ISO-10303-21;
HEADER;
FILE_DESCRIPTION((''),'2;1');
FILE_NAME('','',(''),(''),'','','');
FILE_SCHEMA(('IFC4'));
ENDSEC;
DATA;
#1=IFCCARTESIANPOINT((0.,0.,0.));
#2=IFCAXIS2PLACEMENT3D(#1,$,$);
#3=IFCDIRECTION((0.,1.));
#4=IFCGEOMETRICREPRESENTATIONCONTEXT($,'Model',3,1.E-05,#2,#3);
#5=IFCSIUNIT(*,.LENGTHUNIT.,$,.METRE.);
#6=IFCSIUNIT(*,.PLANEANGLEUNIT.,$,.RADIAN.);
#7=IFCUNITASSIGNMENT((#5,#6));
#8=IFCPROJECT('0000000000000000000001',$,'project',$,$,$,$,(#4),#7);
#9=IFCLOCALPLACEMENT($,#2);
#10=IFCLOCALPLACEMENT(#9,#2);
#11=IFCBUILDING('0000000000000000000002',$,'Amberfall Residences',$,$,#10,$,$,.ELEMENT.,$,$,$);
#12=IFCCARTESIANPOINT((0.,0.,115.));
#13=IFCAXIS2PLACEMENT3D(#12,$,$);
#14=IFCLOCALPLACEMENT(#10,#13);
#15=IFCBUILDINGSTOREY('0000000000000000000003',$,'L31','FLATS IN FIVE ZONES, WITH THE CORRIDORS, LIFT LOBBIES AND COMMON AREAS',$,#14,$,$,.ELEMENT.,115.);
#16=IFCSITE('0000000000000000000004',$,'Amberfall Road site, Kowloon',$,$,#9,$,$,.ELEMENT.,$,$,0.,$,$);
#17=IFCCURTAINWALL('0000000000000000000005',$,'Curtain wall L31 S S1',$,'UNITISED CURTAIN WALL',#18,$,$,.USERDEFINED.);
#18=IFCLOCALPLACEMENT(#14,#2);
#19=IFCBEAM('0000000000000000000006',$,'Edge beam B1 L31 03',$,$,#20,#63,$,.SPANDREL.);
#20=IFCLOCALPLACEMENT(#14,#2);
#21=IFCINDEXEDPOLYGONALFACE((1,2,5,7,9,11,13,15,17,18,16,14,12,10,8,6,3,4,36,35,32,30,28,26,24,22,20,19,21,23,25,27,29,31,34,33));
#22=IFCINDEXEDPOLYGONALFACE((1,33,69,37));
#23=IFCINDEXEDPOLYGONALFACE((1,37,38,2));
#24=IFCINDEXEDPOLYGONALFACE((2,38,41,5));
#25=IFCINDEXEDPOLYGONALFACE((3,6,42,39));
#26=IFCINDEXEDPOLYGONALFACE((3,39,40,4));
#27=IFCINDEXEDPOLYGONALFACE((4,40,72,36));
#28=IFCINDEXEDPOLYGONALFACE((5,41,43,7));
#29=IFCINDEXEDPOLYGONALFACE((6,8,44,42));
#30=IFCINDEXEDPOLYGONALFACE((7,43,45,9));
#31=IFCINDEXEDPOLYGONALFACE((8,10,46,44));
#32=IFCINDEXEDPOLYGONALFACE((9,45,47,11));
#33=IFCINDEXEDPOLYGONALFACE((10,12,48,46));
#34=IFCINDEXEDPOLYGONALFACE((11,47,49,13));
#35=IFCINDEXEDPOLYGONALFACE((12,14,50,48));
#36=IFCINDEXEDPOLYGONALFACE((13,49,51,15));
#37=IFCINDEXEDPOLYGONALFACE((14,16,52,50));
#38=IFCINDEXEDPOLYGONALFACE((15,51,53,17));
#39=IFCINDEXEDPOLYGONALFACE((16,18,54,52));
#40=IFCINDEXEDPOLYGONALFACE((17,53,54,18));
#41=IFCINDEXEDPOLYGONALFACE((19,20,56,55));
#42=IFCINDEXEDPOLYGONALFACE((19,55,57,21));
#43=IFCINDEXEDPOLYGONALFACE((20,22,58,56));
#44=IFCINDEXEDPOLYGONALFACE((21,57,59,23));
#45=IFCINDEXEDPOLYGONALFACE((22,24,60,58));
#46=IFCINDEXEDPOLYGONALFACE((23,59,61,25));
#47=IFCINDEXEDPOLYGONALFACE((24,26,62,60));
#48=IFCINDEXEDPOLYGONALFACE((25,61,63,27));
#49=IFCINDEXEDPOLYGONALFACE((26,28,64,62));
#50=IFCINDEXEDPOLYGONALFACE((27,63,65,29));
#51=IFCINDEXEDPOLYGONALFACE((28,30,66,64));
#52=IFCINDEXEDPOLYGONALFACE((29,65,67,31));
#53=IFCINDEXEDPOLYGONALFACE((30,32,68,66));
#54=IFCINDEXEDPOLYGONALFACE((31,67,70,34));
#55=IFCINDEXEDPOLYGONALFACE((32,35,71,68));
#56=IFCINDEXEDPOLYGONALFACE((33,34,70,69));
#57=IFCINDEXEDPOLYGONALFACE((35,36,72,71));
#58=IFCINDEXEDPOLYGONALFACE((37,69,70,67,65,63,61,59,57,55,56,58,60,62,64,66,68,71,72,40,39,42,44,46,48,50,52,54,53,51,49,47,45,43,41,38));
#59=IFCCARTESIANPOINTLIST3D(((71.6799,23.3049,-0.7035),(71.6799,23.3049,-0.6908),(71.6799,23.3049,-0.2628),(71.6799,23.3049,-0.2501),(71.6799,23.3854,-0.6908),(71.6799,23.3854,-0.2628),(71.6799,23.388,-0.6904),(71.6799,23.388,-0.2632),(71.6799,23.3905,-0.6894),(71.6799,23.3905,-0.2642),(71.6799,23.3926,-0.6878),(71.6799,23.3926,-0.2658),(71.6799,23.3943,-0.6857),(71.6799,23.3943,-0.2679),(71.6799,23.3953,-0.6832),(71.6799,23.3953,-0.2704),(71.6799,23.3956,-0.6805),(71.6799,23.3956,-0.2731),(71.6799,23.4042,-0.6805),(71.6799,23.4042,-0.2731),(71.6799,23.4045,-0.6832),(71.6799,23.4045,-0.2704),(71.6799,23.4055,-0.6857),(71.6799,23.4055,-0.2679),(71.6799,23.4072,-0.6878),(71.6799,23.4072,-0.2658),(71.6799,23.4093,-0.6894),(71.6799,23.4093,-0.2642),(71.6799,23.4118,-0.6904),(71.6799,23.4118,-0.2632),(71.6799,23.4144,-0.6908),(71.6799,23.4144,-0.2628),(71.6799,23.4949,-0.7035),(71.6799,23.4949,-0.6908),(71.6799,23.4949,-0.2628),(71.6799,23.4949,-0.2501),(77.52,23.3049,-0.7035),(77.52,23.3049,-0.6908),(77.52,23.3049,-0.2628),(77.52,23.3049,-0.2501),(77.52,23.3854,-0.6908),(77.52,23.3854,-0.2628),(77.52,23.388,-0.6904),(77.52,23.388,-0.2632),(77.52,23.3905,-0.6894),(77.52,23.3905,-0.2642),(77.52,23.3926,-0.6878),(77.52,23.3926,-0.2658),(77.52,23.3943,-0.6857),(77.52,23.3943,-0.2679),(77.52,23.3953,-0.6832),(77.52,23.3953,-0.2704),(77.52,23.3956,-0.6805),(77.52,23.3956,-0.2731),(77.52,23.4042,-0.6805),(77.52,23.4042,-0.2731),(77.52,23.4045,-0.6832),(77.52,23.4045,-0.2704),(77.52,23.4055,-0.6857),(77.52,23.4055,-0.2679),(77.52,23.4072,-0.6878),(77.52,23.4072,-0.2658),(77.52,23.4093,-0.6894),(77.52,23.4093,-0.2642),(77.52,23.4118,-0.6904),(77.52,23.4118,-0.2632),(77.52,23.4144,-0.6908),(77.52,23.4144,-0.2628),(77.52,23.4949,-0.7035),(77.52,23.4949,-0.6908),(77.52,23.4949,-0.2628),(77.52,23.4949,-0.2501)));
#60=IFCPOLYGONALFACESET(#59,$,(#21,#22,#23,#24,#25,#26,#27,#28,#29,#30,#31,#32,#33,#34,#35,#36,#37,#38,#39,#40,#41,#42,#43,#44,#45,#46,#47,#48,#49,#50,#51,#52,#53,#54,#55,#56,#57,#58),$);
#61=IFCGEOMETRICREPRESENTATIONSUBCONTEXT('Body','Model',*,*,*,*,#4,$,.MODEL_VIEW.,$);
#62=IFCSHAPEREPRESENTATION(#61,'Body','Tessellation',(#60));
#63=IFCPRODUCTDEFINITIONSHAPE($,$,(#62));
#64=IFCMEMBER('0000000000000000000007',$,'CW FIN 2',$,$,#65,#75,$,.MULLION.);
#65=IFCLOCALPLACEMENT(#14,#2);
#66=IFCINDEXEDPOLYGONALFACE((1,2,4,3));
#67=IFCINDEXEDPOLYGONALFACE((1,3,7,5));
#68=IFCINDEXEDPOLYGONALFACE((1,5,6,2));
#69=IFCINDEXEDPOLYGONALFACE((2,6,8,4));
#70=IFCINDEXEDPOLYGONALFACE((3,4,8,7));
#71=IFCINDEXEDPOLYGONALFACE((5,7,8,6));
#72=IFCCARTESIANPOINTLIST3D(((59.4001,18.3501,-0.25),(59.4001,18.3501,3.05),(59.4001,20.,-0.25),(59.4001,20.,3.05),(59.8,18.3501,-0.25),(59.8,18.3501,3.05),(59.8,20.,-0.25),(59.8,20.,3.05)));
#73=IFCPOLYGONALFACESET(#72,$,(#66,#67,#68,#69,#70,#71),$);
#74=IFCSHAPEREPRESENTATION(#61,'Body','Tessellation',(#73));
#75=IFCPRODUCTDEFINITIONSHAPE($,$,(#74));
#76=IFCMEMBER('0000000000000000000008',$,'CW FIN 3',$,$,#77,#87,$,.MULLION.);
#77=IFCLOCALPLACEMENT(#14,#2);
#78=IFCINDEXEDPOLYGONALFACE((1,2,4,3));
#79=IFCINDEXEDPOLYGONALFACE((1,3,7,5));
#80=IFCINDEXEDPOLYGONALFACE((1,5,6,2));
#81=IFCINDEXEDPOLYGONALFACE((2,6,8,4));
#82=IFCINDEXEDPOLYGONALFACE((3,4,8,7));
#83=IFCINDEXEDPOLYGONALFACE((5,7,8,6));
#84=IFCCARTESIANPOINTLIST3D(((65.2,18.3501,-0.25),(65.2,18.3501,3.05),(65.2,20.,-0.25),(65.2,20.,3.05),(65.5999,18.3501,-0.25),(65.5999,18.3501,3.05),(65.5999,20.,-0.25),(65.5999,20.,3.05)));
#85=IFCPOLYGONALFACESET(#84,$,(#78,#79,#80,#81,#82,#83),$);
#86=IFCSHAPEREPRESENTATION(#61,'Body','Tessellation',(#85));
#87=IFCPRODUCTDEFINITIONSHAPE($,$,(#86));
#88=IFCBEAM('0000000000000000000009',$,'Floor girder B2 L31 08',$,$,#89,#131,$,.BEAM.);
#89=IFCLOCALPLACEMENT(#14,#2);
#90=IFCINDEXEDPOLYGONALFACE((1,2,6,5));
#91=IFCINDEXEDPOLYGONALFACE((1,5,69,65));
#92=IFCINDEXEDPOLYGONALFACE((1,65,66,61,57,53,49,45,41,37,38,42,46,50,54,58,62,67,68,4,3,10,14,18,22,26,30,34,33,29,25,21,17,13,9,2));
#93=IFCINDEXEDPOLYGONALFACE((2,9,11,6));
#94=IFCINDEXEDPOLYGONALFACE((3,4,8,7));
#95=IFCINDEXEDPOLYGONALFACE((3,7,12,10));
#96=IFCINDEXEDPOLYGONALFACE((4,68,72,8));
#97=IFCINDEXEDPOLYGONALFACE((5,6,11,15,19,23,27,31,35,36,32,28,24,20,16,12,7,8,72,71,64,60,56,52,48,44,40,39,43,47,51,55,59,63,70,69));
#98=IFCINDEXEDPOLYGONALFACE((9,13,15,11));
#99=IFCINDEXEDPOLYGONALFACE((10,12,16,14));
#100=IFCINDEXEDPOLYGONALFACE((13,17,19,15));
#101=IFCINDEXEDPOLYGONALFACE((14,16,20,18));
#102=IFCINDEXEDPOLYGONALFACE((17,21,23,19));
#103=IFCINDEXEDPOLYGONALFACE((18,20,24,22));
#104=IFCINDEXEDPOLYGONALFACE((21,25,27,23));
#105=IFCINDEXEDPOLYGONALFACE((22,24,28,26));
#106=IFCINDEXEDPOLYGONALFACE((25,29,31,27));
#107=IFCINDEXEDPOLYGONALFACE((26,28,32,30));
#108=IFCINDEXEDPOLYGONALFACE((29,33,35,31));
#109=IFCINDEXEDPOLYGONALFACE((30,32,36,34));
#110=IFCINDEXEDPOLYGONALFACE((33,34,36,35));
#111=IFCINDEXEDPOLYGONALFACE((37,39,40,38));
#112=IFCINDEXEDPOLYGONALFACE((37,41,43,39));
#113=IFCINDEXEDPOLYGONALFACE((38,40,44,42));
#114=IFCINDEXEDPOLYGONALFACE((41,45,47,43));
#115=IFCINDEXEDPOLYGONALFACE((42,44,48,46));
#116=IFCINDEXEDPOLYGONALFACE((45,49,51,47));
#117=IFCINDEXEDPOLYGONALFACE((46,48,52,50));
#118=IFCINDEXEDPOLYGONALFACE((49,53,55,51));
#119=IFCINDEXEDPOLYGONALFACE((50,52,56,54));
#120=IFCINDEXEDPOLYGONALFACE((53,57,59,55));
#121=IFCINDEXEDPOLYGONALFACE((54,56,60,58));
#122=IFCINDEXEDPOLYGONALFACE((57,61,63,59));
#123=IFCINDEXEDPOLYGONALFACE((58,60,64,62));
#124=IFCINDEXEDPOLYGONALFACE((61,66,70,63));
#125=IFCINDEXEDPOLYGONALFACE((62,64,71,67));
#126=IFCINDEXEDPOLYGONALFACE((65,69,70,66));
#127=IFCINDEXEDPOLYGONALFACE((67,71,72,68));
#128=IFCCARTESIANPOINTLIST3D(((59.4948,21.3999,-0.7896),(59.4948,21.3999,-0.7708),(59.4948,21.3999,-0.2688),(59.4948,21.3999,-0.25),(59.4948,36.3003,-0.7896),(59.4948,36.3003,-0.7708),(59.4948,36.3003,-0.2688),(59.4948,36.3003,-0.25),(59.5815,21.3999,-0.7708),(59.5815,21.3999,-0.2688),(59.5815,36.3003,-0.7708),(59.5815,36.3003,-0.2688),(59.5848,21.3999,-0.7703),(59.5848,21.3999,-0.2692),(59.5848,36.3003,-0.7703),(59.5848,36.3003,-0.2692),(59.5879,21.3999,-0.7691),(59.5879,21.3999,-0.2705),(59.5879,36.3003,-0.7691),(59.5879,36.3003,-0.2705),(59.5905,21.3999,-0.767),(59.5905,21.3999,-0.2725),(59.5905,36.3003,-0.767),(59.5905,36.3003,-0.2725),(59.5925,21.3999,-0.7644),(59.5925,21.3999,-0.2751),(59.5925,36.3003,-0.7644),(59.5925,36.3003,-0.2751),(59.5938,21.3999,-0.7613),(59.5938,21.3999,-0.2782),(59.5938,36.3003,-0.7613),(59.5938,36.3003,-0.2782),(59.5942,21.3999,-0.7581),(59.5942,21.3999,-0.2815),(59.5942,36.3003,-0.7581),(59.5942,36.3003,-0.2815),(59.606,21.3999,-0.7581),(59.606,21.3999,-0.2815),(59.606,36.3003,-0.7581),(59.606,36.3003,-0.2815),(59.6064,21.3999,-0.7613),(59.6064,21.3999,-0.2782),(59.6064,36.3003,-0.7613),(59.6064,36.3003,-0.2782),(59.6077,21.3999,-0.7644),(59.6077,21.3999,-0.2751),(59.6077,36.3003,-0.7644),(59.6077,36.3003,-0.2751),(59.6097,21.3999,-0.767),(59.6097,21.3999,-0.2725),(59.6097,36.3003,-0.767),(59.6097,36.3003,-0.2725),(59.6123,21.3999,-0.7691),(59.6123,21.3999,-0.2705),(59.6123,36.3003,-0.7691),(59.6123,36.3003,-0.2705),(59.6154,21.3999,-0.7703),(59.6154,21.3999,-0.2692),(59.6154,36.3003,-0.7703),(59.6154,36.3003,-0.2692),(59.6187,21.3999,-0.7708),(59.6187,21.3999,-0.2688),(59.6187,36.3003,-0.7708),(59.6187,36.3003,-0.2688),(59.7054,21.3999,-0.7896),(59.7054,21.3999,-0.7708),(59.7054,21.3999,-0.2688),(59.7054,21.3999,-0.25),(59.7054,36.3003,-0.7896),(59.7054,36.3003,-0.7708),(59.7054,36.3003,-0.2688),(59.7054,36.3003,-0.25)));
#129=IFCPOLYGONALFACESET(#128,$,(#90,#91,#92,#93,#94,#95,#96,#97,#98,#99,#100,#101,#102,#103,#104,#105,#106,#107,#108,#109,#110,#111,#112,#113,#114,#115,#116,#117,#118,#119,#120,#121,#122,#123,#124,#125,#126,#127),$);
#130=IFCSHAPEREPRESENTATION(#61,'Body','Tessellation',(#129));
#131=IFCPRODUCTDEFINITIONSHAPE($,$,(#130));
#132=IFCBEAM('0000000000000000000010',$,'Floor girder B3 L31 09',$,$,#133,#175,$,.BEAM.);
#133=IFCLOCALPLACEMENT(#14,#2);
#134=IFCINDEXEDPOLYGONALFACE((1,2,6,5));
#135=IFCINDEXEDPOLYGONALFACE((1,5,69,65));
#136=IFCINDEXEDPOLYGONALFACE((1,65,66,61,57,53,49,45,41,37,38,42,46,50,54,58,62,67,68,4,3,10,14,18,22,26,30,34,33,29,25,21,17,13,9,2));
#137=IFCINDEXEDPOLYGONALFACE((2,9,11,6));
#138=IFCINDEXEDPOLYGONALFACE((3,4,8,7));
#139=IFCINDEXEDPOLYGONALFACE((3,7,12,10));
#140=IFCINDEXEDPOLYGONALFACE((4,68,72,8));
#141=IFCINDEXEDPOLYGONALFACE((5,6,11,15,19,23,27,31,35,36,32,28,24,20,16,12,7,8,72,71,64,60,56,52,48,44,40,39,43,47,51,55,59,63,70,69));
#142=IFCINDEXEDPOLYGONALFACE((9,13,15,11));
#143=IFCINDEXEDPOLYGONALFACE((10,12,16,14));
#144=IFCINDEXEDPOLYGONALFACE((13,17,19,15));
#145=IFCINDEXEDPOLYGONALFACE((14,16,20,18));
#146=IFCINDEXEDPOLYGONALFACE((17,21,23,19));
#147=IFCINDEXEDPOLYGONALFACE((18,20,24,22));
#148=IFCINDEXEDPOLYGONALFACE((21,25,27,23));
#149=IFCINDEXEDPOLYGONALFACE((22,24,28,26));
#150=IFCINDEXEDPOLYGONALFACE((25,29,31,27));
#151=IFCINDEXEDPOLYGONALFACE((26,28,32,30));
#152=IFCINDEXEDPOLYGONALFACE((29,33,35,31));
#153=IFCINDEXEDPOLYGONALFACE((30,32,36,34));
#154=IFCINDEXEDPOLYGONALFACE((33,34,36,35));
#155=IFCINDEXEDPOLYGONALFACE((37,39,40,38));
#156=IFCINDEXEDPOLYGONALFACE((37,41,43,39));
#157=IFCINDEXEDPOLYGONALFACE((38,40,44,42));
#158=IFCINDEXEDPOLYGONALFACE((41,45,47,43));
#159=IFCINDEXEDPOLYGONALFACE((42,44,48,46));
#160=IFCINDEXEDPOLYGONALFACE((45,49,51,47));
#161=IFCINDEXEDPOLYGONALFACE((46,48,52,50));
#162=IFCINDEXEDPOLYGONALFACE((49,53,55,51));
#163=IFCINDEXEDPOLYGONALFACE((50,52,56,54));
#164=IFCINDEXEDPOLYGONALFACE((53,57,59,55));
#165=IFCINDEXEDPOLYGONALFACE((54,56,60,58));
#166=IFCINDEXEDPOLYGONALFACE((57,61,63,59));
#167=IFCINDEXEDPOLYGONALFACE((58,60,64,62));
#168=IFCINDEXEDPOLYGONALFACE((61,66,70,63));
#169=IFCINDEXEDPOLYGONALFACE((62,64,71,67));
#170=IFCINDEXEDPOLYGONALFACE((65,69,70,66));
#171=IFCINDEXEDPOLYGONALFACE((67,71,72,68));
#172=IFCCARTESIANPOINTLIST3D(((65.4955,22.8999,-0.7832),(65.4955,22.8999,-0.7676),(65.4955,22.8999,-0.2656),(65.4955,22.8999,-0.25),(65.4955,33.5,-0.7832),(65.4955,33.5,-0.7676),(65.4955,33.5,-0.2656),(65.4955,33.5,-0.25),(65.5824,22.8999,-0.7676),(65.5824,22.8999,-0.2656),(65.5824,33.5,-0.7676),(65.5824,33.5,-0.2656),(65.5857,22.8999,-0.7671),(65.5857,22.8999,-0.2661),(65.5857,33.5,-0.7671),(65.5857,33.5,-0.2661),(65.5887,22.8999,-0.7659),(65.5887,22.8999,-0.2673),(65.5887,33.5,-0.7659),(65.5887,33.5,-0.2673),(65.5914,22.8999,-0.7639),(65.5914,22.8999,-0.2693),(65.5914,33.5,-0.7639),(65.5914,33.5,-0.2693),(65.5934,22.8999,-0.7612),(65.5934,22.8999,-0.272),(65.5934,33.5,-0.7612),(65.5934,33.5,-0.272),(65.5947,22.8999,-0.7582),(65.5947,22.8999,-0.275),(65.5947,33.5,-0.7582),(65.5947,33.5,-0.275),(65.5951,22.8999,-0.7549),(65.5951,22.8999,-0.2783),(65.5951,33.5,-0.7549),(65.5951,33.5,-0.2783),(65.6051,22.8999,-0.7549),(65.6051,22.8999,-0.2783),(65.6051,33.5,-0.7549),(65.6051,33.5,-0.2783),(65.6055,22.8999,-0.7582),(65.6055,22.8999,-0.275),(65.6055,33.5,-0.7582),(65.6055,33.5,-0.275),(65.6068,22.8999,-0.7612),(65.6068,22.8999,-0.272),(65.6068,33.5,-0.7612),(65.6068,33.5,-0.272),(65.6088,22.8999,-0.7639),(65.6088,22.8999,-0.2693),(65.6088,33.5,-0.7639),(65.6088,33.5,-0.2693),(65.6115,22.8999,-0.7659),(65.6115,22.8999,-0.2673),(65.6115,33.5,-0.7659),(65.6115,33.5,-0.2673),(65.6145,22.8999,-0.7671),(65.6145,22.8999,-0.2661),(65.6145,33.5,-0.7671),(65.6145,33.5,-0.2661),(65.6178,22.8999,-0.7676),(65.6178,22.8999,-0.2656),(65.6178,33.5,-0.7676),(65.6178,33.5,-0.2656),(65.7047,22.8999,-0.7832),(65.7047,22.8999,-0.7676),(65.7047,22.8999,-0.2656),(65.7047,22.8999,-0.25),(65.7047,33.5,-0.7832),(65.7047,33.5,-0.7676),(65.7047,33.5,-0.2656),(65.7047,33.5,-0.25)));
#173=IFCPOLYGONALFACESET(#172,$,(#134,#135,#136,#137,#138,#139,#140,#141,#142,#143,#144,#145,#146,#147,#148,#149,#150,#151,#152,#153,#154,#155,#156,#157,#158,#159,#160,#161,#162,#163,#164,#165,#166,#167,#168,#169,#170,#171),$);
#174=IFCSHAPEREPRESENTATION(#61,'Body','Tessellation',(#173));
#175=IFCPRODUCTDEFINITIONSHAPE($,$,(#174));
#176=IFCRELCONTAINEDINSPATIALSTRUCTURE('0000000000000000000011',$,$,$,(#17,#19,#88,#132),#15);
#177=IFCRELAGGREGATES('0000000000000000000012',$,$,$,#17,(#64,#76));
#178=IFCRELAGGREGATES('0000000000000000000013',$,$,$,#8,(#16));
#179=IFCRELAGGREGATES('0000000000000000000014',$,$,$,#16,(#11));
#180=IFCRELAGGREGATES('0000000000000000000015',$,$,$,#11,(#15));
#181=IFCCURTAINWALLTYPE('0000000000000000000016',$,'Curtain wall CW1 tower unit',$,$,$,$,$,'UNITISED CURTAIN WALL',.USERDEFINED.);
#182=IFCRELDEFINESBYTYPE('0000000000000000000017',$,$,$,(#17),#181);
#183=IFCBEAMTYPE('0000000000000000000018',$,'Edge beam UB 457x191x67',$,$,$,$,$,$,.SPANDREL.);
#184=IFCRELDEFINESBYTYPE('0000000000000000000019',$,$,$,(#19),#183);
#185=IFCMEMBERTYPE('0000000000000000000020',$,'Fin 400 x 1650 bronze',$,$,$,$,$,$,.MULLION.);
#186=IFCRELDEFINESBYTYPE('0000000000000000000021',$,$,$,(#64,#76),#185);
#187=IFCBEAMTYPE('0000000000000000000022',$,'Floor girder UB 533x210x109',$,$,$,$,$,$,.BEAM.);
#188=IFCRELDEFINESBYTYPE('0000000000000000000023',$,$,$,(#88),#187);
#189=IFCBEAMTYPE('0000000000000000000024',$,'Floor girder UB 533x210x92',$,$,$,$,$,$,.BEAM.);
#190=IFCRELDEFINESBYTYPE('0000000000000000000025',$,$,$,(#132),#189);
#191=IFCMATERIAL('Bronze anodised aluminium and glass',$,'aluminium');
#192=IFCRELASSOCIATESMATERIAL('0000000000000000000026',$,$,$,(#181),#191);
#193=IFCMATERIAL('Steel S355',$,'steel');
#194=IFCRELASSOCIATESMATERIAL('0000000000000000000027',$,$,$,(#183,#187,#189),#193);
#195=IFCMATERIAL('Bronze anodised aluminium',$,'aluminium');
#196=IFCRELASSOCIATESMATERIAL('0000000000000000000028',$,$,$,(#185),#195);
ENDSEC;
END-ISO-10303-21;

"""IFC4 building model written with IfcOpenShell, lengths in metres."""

from ifc_helpers import new_model, si_unit, direction, frame, origin, origin_2d, place, context, subcontext, project, spatial, rectangle, i_section, extrude, material, material_profile, profile_set, type_object, element, aggregate, save


model = new_model("IFC4")

# Units and contexts
model_context = context("Model", 3, precision=1e-05, world=origin(), true_north=direction((0.0, 1.0)))
body_context = subcontext(model_context, "Body", "Model", "MODEL_VIEW")
ifc_project = project(units=[si_unit("LENGTHUNIT", "METRE"), si_unit("PLANEANGLEUNIT", "RADIAN")], contexts=[model_context])

# Site, building, storey
site_placement = place(None, origin())
site = spatial("IfcSite", under=ifc_project, at=site_placement, Name="Amberfall Road site, Kowloon", CompositionType="ELEMENT", RefElevation=0.0)
building_placement = place(site_placement, origin())
building = spatial("IfcBuilding", under=site, at=building_placement, Name="Amberfall Residences", CompositionType="ELEMENT")
storey_placement = place(building_placement, frame((0.0, 0.0, 115.0)))
storey = spatial("IfcBuildingStorey", under=building, at=storey_placement, Name="L31", Description="FLATS IN FIVE ZONES, WITH THE CORRIDORS, LIFT LOBBIES AND COMMON AREAS", CompositionType="ELEMENT", Elevation=115.0)

# Curtain wall
ifc_material_1 = material(Name="Bronze anodised aluminium and glass", Category="aluminium")
curtain_wall_type = type_object("IfcCurtainWallType", Name="Curtain wall CW1 tower unit", ElementType="UNITISED CURTAIN WALL", PredefinedType="USERDEFINED", material=ifc_material_1)
curtain_wall_placement = place(storey_placement, origin())
curtain_wall = element("IfcCurtainWall", 1, at=curtain_wall_placement, inside=storey, type_object=curtain_wall_type, Name="Curtain wall L31 S S1", ObjectType="UNITISED CURTAIN WALL", PredefinedType="USERDEFINED")
ifc_material_2 = material(Name="Bronze anodised aluminium", Category="aluminium")

# Beam
ifc_material_3 = material(Name="Steel S355", Category="steel")
ifc_material_profile_1 = material_profile(ifc_material_3, i_section(OverallWidth=0.1899, OverallDepth=0.4534, WebThickness=0.0085, FlangeThickness=0.0127, FilletRadius=0.0103, at=origin_2d()), Name="UB 457x191x67")
ifc_profile_set_1 = profile_set([ifc_material_profile_1], Name="Steel S355")
beam_type_1 = type_object("IfcBeamType", Name="Edge beam UB 457x191x67", PredefinedType="SPANDREL", material=ifc_profile_set_1)
beam_1_placement = place(storey_placement, frame((71.6799, 23.3999, -0.4768), z_axis=(1.0, 0.0, 0.0), x_axis=(0.0, 1.0, 0.0)))
element("IfcBeam", 2, at=beam_1_placement, inside=storey, type_object=beam_type_1, Name="Edge beam B1 L31 03", PredefinedType="SPANDREL", context=body_context, shape_type="SweptSolid", body=[
    extrude(i_section(OverallWidth=0.1899, OverallDepth=0.4534, WebThickness=0.0085, FlangeThickness=0.0127, FilletRadius=0.0103, at=origin_2d()), origin(), (0.0, 0.0, 1.0), 5.8401),
])

# Members
ifc_material_profile_2 = material_profile(ifc_material_2, rectangle(XDim=1.6499, YDim=0.3999, at=origin_2d()), Name="Fin 400 x 1650 bronze")
ifc_profile_set_2 = profile_set([ifc_material_profile_2], Name="Bronze anodised aluminium")
member_type_1 = type_object("IfcMemberType", Name="Fin 400 x 1650 bronze", PredefinedType="MULLION", material=ifc_profile_set_2)
member_1_placement = place(storey_placement, frame((59.6001, 19.175, -0.25), z_axis=(0.0, 0.0, 1.0), x_axis=(0.0, 1.0, 0.0)))
member_1 = element("IfcMember", 3, at=member_1_placement, type_object=member_type_1, Name="CW FIN 2", PredefinedType="MULLION", context=body_context, shape_type="SweptSolid", body=[
    extrude(rectangle(XDim=1.6499, YDim=0.3999, at=origin_2d()), origin(), (0.0, 0.0, 1.0), 3.3),
])
member_2_placement = place(storey_placement, frame((65.3999, 19.175, -0.25), z_axis=(0.0, 0.0, 1.0), x_axis=(0.0, 1.0, 0.0)))
member_2 = element("IfcMember", 4, at=member_2_placement, type_object=member_type_1, Name="CW FIN 3", PredefinedType="MULLION", context=body_context, shape_type="SweptSolid", body=[
    extrude(rectangle(XDim=1.6499, YDim=0.3999, at=origin_2d()), origin(), (0.0, 0.0, 1.0), 3.3),
])

# Beams
ifc_material_profile_3 = material_profile(ifc_material_3, i_section(OverallWidth=0.2107, OverallDepth=0.5396, WebThickness=0.0117, FlangeThickness=0.0188, FilletRadius=0.0127, at=origin_2d()), Name="UB 533x210x109")
ifc_profile_set_3 = profile_set([ifc_material_profile_3], Name="Steel S355")
beam_type_2 = type_object("IfcBeamType", Name="Floor girder UB 533x210x109", PredefinedType="BEAM", material=ifc_profile_set_3)
beam_2_placement = place(storey_placement, frame((59.6001, 21.3999, -0.5198), z_axis=(0.0, 1.0, 0.0), x_axis=(-1.0, 0.0, 0.0)))
element("IfcBeam", 5, at=beam_2_placement, inside=storey, type_object=beam_type_2, Name="Floor girder B2 L31 08", PredefinedType="BEAM", context=body_context, shape_type="SweptSolid", body=[
    extrude(i_section(OverallWidth=0.2107, OverallDepth=0.5396, WebThickness=0.0117, FlangeThickness=0.0188, FilletRadius=0.0127, at=origin_2d()), origin(), (0.0, 0.0, 1.0), 14.9004),
])
ifc_material_profile_4 = material_profile(ifc_material_3, i_section(OverallWidth=0.2092, OverallDepth=0.5332, WebThickness=0.01, FlangeThickness=0.0156, FilletRadius=0.0127, at=origin_2d()), Name="UB 533x210x92")
ifc_profile_set_4 = profile_set([ifc_material_profile_4], Name="Steel S355")
beam_type_3 = type_object("IfcBeamType", Name="Floor girder UB 533x210x92", PredefinedType="BEAM", material=ifc_profile_set_4)
for number, where, z_axis, x_axis, name in (
    (6, (65.6001, 22.8999, -0.5166), (0.0, 1.0, 0.0), (-1.0, 0.0, 0.0), "Floor girder B3 L31 09"),
):
    element("IfcBeam", number, at=place(storey_placement, frame(where, z_axis=z_axis, x_axis=x_axis)), inside=storey, type_object=beam_type_3, Name=name, PredefinedType="BEAM", context=body_context, shape_type="SweptSolid", body=[
        extrude(i_section(OverallWidth=0.2092, OverallDepth=0.5332, WebThickness=0.01, FlangeThickness=0.0156, FilletRadius=0.0127, at=origin_2d()), origin(), (0.0, 0.0, 1.0), 10.6001),
    ])

aggregate(curtain_wall, [member_1, member_2])

save(model, "model.ifc")
